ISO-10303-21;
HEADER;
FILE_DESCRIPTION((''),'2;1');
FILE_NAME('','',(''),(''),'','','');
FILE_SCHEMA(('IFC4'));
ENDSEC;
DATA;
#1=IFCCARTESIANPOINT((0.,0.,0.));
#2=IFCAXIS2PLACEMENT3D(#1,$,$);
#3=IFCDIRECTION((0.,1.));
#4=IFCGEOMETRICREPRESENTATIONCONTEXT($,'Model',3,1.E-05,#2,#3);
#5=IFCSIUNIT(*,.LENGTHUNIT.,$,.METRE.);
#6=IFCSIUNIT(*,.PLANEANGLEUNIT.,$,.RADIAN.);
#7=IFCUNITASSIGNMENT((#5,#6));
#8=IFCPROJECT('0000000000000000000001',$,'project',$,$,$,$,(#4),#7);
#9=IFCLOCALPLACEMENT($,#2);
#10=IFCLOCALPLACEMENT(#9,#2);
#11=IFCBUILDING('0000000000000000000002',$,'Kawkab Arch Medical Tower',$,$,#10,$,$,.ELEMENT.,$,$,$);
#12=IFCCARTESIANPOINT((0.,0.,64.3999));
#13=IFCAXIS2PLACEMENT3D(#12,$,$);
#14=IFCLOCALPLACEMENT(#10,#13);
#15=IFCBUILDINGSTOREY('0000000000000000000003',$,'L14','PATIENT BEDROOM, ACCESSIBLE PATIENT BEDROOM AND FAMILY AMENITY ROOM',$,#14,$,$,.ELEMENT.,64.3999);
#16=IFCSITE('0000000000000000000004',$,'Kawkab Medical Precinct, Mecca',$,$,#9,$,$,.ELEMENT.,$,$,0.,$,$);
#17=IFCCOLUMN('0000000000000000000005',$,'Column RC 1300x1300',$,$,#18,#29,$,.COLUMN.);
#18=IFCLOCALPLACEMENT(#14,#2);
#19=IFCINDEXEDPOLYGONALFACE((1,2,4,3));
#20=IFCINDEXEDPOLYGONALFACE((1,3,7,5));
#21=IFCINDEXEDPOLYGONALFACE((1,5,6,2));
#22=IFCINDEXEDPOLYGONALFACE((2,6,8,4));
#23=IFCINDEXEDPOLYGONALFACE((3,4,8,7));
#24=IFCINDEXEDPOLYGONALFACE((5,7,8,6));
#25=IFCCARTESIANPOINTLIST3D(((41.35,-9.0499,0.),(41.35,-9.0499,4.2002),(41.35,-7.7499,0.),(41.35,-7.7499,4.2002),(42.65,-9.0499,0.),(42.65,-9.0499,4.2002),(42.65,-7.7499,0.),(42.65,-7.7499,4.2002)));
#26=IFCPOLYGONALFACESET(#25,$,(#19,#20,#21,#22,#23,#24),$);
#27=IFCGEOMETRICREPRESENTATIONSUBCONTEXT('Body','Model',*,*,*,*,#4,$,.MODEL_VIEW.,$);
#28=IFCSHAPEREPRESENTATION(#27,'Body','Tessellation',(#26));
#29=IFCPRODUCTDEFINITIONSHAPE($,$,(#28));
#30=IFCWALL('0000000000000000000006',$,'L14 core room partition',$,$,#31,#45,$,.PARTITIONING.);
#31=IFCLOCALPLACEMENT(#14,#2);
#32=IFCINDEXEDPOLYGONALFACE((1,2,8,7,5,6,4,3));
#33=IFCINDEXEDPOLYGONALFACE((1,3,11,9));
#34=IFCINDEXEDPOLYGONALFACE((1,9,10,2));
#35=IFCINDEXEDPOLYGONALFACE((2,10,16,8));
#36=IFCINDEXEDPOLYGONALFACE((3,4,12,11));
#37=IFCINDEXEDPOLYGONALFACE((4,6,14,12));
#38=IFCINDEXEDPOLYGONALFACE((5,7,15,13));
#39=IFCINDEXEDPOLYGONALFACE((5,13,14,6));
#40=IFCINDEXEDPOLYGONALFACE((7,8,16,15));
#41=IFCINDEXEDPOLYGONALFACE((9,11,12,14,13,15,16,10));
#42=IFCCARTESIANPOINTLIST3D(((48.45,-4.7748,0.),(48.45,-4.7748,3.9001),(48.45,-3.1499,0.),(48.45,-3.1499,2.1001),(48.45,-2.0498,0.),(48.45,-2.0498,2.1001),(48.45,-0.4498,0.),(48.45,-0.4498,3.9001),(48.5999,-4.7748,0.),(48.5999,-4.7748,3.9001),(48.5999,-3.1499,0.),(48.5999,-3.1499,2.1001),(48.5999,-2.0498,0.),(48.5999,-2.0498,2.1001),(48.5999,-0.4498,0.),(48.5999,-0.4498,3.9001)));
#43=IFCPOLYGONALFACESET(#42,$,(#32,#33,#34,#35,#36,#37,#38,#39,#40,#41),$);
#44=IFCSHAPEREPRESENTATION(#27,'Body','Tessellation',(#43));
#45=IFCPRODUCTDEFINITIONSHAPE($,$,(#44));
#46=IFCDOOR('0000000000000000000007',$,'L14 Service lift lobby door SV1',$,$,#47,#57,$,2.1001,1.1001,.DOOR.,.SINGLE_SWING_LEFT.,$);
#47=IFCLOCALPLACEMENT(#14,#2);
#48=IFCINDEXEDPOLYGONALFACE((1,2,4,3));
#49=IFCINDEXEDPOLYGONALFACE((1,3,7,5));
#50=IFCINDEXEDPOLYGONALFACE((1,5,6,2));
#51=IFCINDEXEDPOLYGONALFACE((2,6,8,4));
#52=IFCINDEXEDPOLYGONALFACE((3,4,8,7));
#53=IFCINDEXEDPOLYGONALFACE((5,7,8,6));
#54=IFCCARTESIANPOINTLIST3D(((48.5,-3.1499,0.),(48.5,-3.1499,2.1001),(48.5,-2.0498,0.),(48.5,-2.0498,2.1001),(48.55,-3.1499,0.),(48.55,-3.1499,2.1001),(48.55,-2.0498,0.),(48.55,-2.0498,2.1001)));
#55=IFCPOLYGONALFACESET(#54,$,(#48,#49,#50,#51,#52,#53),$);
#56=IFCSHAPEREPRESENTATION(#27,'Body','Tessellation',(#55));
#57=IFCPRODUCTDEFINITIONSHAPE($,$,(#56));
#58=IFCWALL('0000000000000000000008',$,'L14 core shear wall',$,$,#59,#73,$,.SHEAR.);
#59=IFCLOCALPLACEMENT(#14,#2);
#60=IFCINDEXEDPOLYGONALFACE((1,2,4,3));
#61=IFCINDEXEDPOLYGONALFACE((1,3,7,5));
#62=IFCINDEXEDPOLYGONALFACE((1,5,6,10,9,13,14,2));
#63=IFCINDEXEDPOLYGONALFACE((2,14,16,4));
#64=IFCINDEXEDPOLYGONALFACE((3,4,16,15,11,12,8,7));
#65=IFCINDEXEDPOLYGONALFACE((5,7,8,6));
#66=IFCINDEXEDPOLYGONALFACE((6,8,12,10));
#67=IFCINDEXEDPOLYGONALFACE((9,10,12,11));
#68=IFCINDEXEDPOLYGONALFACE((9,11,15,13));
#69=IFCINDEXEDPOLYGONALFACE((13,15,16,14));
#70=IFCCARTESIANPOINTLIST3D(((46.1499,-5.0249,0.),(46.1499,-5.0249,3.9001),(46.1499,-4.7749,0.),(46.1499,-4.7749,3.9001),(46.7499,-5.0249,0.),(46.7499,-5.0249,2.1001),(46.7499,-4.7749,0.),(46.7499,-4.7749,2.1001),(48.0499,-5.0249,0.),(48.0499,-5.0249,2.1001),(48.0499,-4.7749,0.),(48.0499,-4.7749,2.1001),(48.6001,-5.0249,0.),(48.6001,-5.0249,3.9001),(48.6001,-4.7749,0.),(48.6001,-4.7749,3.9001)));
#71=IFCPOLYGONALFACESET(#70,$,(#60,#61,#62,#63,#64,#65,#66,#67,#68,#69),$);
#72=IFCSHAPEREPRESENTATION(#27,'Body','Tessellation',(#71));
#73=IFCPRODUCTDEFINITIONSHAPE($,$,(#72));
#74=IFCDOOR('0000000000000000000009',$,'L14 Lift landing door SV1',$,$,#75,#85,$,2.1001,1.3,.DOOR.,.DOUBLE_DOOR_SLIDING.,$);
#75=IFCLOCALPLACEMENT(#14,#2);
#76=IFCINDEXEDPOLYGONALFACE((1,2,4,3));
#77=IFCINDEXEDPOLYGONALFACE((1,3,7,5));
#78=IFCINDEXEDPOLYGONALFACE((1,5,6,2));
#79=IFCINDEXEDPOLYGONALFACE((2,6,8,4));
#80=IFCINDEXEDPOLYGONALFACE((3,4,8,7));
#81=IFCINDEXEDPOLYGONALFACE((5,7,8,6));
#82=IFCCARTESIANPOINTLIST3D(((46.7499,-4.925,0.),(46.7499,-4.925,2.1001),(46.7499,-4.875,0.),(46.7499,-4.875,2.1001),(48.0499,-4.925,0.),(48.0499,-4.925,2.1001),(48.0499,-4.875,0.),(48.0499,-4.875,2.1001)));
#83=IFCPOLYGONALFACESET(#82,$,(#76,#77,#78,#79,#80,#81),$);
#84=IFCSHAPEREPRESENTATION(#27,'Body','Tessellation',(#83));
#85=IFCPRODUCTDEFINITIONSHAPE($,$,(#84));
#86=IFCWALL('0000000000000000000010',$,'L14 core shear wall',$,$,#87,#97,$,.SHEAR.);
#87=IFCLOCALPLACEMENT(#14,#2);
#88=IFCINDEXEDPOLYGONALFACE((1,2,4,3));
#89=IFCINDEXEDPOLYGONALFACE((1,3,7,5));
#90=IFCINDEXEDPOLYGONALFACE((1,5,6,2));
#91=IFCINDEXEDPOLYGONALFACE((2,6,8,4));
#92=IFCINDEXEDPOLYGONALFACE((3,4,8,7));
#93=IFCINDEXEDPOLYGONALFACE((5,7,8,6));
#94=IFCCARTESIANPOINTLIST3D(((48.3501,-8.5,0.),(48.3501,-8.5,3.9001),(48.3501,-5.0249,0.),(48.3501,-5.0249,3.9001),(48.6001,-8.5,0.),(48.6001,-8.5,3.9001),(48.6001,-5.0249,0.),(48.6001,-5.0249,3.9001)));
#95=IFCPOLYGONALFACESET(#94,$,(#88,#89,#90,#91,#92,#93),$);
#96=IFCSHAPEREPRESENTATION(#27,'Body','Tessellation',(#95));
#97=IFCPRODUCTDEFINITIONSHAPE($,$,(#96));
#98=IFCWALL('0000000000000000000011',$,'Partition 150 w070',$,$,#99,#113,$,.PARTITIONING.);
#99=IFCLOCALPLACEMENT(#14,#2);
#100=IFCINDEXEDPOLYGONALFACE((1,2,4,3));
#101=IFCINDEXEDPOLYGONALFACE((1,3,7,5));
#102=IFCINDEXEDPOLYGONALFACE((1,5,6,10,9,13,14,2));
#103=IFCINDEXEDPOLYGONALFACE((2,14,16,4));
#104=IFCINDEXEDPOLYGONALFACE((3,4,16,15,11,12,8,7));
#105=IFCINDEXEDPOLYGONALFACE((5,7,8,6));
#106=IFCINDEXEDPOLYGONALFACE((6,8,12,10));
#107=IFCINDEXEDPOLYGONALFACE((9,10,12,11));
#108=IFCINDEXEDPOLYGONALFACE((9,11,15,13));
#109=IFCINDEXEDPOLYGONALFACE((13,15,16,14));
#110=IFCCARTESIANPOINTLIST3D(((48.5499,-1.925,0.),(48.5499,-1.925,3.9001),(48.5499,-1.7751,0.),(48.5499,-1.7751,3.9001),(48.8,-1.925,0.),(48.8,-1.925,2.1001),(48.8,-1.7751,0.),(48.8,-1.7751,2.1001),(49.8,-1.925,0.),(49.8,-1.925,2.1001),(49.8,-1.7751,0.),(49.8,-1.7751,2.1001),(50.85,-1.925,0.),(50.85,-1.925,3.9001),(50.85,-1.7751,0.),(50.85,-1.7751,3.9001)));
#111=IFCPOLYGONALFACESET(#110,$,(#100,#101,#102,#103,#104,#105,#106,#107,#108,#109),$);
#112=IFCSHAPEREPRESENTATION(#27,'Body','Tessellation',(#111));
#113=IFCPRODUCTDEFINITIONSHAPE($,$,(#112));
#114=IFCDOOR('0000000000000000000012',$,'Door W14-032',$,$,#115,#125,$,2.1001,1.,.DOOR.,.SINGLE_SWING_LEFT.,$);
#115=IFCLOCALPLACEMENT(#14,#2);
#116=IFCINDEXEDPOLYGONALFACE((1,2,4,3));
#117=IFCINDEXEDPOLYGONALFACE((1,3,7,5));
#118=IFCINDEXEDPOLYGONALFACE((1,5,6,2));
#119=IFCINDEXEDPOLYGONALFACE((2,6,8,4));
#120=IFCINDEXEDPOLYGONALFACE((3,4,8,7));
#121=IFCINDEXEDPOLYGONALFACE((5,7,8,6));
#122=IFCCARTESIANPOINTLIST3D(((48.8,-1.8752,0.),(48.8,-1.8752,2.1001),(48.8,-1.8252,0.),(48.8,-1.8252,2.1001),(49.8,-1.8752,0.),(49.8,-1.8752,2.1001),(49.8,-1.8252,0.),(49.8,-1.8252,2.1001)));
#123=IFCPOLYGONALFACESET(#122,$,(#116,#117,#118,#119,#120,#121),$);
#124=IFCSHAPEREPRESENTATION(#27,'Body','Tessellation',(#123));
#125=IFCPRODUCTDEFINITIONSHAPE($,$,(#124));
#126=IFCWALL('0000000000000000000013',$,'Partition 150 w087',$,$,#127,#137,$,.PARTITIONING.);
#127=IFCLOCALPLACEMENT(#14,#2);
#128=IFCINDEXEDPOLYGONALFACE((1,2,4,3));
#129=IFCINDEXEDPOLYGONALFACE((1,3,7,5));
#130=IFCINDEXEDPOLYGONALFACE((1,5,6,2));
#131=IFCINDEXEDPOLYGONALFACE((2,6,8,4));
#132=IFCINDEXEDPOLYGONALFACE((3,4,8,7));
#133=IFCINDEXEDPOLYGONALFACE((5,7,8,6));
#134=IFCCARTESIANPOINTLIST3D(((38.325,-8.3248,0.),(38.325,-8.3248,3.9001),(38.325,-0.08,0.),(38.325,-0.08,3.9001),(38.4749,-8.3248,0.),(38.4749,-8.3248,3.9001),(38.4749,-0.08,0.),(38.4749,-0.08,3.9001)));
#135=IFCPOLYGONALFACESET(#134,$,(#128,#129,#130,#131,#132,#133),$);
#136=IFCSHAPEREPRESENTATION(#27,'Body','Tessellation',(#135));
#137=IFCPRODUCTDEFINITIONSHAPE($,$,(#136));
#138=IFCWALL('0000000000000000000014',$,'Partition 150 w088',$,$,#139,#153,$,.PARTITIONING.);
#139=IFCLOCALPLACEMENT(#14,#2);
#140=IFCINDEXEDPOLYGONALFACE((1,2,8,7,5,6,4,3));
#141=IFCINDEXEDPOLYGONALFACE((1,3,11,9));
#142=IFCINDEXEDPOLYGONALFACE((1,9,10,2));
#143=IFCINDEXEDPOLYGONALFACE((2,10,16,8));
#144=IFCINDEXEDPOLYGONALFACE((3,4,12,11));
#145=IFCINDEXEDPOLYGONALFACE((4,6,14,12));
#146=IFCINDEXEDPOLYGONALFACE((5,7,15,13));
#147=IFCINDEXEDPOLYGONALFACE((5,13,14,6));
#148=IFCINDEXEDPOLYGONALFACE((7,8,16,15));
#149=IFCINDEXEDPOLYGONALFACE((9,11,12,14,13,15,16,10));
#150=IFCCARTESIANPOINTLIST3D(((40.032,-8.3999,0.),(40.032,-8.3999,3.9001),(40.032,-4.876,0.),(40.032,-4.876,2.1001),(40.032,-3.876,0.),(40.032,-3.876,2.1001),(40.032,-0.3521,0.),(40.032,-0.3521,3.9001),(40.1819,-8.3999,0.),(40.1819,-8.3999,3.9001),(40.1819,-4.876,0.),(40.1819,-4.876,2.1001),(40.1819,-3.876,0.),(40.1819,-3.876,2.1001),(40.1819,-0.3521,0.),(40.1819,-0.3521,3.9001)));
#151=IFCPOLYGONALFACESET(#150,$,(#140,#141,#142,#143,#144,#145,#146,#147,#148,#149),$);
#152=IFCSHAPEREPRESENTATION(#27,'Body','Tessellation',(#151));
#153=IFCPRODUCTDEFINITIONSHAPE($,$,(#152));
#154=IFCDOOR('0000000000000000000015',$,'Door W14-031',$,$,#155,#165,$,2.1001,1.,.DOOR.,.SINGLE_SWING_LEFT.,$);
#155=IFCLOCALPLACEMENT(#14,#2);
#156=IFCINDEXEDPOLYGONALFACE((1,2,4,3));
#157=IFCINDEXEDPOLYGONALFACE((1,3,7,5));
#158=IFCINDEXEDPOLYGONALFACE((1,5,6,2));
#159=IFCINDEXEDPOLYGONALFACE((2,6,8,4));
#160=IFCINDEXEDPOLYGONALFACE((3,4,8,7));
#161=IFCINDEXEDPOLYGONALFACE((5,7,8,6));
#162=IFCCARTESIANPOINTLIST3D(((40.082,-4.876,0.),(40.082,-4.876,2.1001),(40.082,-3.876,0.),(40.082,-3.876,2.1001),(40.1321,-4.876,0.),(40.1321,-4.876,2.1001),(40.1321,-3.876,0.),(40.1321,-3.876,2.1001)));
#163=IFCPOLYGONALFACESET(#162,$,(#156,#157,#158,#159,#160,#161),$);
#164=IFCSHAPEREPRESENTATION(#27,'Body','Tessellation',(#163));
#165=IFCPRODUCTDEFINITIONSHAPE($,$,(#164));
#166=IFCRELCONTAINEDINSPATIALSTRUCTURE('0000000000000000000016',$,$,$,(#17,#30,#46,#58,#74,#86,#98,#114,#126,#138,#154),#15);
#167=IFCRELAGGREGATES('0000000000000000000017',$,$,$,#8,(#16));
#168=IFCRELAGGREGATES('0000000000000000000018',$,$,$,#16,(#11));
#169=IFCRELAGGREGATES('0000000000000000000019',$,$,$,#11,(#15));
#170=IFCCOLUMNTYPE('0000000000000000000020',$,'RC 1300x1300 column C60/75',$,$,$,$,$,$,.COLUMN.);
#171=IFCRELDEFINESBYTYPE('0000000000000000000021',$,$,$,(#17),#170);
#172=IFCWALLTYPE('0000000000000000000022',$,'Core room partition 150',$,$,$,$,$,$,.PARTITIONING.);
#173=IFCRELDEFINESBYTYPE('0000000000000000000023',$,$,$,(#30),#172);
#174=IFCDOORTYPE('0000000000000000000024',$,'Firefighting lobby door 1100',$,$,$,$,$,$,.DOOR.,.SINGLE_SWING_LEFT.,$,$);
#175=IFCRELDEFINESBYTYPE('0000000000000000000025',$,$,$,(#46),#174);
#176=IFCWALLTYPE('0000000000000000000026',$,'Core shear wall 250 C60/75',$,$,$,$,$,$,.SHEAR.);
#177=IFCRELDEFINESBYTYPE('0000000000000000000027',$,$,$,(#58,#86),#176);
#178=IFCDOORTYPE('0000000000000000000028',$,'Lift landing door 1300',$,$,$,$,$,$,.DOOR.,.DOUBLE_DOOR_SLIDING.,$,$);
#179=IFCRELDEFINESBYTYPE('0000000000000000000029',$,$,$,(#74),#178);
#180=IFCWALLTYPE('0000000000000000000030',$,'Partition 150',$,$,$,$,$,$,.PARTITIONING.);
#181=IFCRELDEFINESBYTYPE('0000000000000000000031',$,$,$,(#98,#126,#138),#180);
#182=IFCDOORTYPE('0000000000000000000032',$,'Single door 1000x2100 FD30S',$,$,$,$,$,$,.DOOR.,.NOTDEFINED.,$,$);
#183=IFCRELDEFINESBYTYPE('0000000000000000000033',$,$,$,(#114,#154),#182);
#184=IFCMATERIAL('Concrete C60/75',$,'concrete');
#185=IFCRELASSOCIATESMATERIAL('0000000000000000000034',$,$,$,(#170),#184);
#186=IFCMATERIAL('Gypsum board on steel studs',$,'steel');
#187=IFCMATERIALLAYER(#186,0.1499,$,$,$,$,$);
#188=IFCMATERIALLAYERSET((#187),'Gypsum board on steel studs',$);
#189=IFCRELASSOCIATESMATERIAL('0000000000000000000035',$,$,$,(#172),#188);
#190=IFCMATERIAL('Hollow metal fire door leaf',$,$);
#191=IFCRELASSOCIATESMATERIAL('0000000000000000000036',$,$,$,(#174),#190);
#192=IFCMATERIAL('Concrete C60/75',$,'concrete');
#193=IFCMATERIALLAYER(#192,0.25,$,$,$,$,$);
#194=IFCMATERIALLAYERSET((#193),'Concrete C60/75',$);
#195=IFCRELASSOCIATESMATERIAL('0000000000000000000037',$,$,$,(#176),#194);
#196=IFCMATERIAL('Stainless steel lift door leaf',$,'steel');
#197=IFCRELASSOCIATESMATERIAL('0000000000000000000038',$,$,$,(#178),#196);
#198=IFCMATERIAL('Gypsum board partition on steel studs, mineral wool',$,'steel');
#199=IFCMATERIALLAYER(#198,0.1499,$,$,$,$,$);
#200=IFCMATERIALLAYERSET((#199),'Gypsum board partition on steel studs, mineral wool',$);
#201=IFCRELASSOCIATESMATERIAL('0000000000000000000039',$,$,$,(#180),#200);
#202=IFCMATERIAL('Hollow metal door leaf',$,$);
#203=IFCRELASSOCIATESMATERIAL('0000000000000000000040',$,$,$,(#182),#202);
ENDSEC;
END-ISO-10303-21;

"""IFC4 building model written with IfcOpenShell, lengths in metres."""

from ifc_helpers import new_model, si_unit, direction, frame, frame_2d, origin, origin_2d, place, context, subcontext, project, spatial, rectangle, extrude, material, layer, layer_set, material_profile, profile_set, type_object, element, fill, save


model = new_model("IFC4")

# Units and contexts
model_context = context("Model", 3, precision=1e-05, world=origin(), true_north=direction((0.0, 1.0)))
body_context = subcontext(model_context, "Body", "Model", "MODEL_VIEW")
ifc_project = project(units=[si_unit("LENGTHUNIT", "METRE"), si_unit("PLANEANGLEUNIT", "RADIAN")], contexts=[model_context])

# Site, building, storey
site_placement = place(None, origin())
site = spatial("IfcSite", under=ifc_project, at=site_placement, Name="Kawkab Medical Precinct, Mecca", CompositionType="ELEMENT", RefElevation=0.0)
building_placement = place(site_placement, origin())
building = spatial("IfcBuilding", under=site, at=building_placement, Name="Kawkab Arch Medical Tower", CompositionType="ELEMENT")
storey_placement = place(building_placement, frame((0.0, 0.0, 64.3999)))
storey = spatial("IfcBuildingStorey", under=building, at=storey_placement, Name="L14", Description="PATIENT BEDROOM, ACCESSIBLE PATIENT BEDROOM AND FAMILY AMENITY ROOM", CompositionType="ELEMENT", Elevation=64.3999)

# Column
ifc_material_1 = material(Name="Concrete C60/75", Category="concrete")
ifc_material_profile = material_profile(ifc_material_1, rectangle(XDim=1.3, YDim=1.3, at=origin_2d()), Name="RC 1300x1300")
ifc_profile_set = profile_set([ifc_material_profile], Name="Concrete C60/75")
column_type = type_object("IfcColumnType", Name="RC 1300x1300 column C60/75", PredefinedType="COLUMN", material=ifc_profile_set)
column_placement = place(storey_placement, frame((42.0, -8.3999, 0.0), z_axis=(0.0, 0.0, 1.0), x_axis=(1.0, 0.0, 0.0)))
element("IfcColumn", 1, at=column_placement, inside=storey, type_object=column_type, Name="Column RC 1300x1300", PredefinedType="COLUMN", context=body_context, shape_type="SweptSolid", body=[
    extrude(rectangle(XDim=1.3, YDim=1.3, at=origin_2d()), origin(), (0.0, 0.0, 1.0), 4.2002),
])

# Walls, openings, doors
ifc_material_2 = material(Name="Gypsum board on steel studs", Category="steel")
ifc_layer_1 = layer(ifc_material_2, 0.1499)
ifc_layer_set_1 = layer_set([ifc_layer_1], Name="Gypsum board on steel studs")
wall_type_1 = type_object("IfcWallType", Name="Core room partition 150", PredefinedType="PARTITIONING", material=ifc_layer_set_1)
wall_1_placement = place(storey_placement, frame((48.5249, -4.7749, 0.0), z_axis=(0.0, 0.0, 1.0), x_axis=(0.0, 1.0, 0.0)))
wall_1 = element("IfcWall", 2, at=wall_1_placement, inside=storey, type_object=wall_type_1, Name="L14 core room partition", PredefinedType="PARTITIONING", context=body_context, shape_type="SweptSolid", body=[
    extrude(rectangle(XDim=4.325, YDim=0.1499, at=frame_2d((2.1626, 0.0))), origin(), (0.0, 0.0, 1.0), 3.9001),
])
opening_1_placement = place(wall_1_placement, frame((1.625, 0.0, 0.0)))
opening_1 = element("IfcOpeningElement", 3, at=opening_1_placement, cuts=wall_1, PredefinedType="OPENING", context=body_context, shape_type="SweptSolid", body=[
    extrude(rectangle(XDim=1.1001, YDim=2.1001, at=frame_2d((0.55, 1.05))), frame((0.0, 0.085, 0.0), z_axis=(0.0, -1.0, 0.0), x_axis=(1.0, 0.0, 0.0)), (0.0, 0.0, 1.0), 0.1699),
])
ifc_material_3 = material(Name="Hollow metal fire door leaf")
door_type_1 = type_object("IfcDoorType", Name="Firefighting lobby door 1100", OperationType="SINGLE_SWING_LEFT", PredefinedType="DOOR", material=ifc_material_3)
door_1_placement = place(opening_1_placement, origin())
door_1 = element("IfcDoor", 4, at=door_1_placement, inside=storey, type_object=door_type_1, Name="L14 Service lift lobby door SV1", OperationType="SINGLE_SWING_LEFT", OverallHeight=2.1001, OverallWidth=1.1001, PredefinedType="DOOR", context=body_context, shape_type="SweptSolid", body=[
    extrude(rectangle(XDim=1.1001, YDim=2.1001, at=frame_2d((0.55, 1.05))), frame((0.0, 0.0249, 0.0), z_axis=(0.0, -1.0, 0.0), x_axis=(1.0, 0.0, 0.0)), (0.0, 0.0, 1.0), 0.05),
])
fill(opening_1, door_1)
ifc_material_4 = material(Name="Concrete C60/75", Category="concrete")
ifc_layer_2 = layer(ifc_material_4, 0.25)
ifc_layer_set_2 = layer_set([ifc_layer_2], Name="Concrete C60/75")
wall_type_2 = type_object("IfcWallType", Name="Core shear wall 250 C60/75", PredefinedType="SHEAR", material=ifc_layer_set_2)
wall_2_placement = place(storey_placement, frame((46.1499, -4.8999, 0.0), z_axis=(0.0, 0.0, 1.0), x_axis=(1.0, 0.0, 0.0)))
wall_2 = element("IfcWall", 5, at=wall_2_placement, inside=storey, type_object=wall_type_2, Name="L14 core shear wall", PredefinedType="SHEAR", context=body_context, shape_type="SweptSolid", body=[
    extrude(rectangle(XDim=2.4502, YDim=0.25, at=frame_2d((1.2251, 0.0))), origin(), (0.0, 0.0, 1.0), 3.9001),
])
opening_2_placement = place(wall_2_placement, frame((0.6001, 0.0, 0.0)))
opening_2 = element("IfcOpeningElement", 6, at=opening_2_placement, cuts=wall_2, PredefinedType="OPENING", context=body_context, shape_type="SweptSolid", body=[
    extrude(rectangle(XDim=1.3, YDim=2.1001, at=frame_2d((0.6499, 1.05))), frame((0.0, 0.135, 0.0), z_axis=(0.0, -1.0, 0.0), x_axis=(1.0, 0.0, 0.0)), (0.0, 0.0, 1.0), 0.27),
])
ifc_material_5 = material(Name="Stainless steel lift door leaf", Category="steel")
door_type_2 = type_object("IfcDoorType", Name="Lift landing door 1300", OperationType="DOUBLE_DOOR_SLIDING", PredefinedType="DOOR", material=ifc_material_5)
door_2_placement = place(opening_2_placement, origin())
door_2 = element("IfcDoor", 7, at=door_2_placement, inside=storey, type_object=door_type_2, Name="L14 Lift landing door SV1", OperationType="DOUBLE_DOOR_SLIDING", OverallHeight=2.1001, OverallWidth=1.3, PredefinedType="DOOR", context=body_context, shape_type="SweptSolid", body=[
    extrude(rectangle(XDim=1.3, YDim=2.1001, at=frame_2d((0.6499, 1.05))), frame((0.0, 0.0249, 0.0), z_axis=(0.0, -1.0, 0.0), x_axis=(1.0, 0.0, 0.0)), (0.0, 0.0, 1.0), 0.05),
])
fill(opening_2, door_2)

# Wall
wall_3_placement = place(storey_placement, frame((48.4751, -8.5, 0.0), z_axis=(0.0, 0.0, 1.0), x_axis=(0.0, 1.0, 0.0)))
element("IfcWall", 8, at=wall_3_placement, inside=storey, type_object=wall_type_2, Name="L14 core shear wall", PredefinedType="SHEAR", context=body_context, shape_type="SweptSolid", body=[
    extrude(rectangle(XDim=3.4751, YDim=0.25, at=frame_2d((1.7375, 0.0))), origin(), (0.0, 0.0, 1.0), 3.9001),
])

# Wall, opening, door
ifc_material_6 = material(Name="Gypsum board partition on steel studs, mineral wool", Category="steel")
ifc_layer_3 = layer(ifc_material_6, 0.1499)
ifc_layer_set_3 = layer_set([ifc_layer_3], Name="Gypsum board partition on steel studs, mineral wool")
wall_type_3 = type_object("IfcWallType", Name="Partition 150", PredefinedType="PARTITIONING", material=ifc_layer_set_3)
wall_4_placement = place(storey_placement, frame((48.55, -1.8501, 0.0), z_axis=(0.0, 0.0, 1.0), x_axis=(1.0, 0.0, 0.0)))
wall_4 = element("IfcWall", 9, at=wall_4_placement, inside=storey, type_object=wall_type_3, Name="Partition 150 w070", PredefinedType="PARTITIONING", context=body_context, shape_type="SweptSolid", body=[
    extrude(rectangle(XDim=2.3, YDim=0.1499, at=frame_2d((1.1499, 0.0))), origin(), (0.0, 0.0, 1.0), 3.9001),
])
opening_3_placement = place(wall_4_placement, frame((0.25, 0.0, 0.0)))
opening_3 = element("IfcOpeningElement", 10, at=opening_3_placement, cuts=wall_4, PredefinedType="OPENING", context=body_context, shape_type="SweptSolid", body=[
    extrude(rectangle(XDim=1.0, YDim=2.1001, at=frame_2d((0.5, 1.05))), frame((0.0, 0.085, 0.0), z_axis=(0.0, -1.0, 0.0), x_axis=(1.0, 0.0, 0.0)), (0.0, 0.0, 1.0), 0.1699),
])
ifc_material_7 = material(Name="Hollow metal door leaf")
door_type_3 = type_object("IfcDoorType", Name="Single door 1000x2100 FD30S", OperationType="NOTDEFINED", PredefinedType="DOOR", material=ifc_material_7)
door_3_placement = place(opening_3_placement, origin())
door_3 = element("IfcDoor", 11, at=door_3_placement, inside=storey, type_object=door_type_3, Name="Door W14-032", OperationType="SINGLE_SWING_LEFT", OverallHeight=2.1001, OverallWidth=1.0, PredefinedType="DOOR", context=body_context, shape_type="SweptSolid", body=[
    extrude(rectangle(XDim=1.0, YDim=2.1001, at=frame_2d((0.5, 1.05))), frame((0.0, 0.0249, 0.0), z_axis=(0.0, -1.0, 0.0), x_axis=(1.0, 0.0, 0.0)), (0.0, 0.0, 1.0), 0.05),
])
fill(opening_3, door_3)

# Wall
wall_5_placement = place(storey_placement, frame((38.3999, -8.325, 0.0), z_axis=(0.0, 0.0, 1.0), x_axis=(0.0, 1.0, 0.0)))
element("IfcWall", 12, at=wall_5_placement, inside=storey, type_object=wall_type_3, Name="Partition 150 w087", PredefinedType="PARTITIONING", context=body_context, shape_type="SweptSolid", body=[
    extrude(rectangle(XDim=8.2449, YDim=0.1499, at=frame_2d((4.1226, 0.0))), origin(), (0.0, 0.0, 1.0), 3.9001),
])

# Wall, opening, door
wall_6_placement = place(storey_placement, frame((40.1069, -8.3999, 0.0), z_axis=(0.0, 0.0, 1.0), x_axis=(0.0, 1.0, 0.0)))
wall_6 = element("IfcWall", 13, at=wall_6_placement, inside=storey, type_object=wall_type_3, Name="Partition 150 w088", PredefinedType="PARTITIONING", context=body_context, shape_type="SweptSolid", body=[
    extrude(rectangle(XDim=8.0479, YDim=0.1499, at=frame_2d((4.0239, 0.0))), origin(), (0.0, 0.0, 1.0), 3.9001),
])
opening_4_placement = place(wall_6_placement, frame((3.5239, 0.0, 0.0)))
opening_4 = element("IfcOpeningElement", 14, at=opening_4_placement, cuts=wall_6, PredefinedType="OPENING", context=body_context, shape_type="SweptSolid", body=[
    extrude(rectangle(XDim=1.0, YDim=2.1001, at=frame_2d((0.5, 1.05))), frame((0.0, 0.085, 0.0), z_axis=(0.0, -1.0, 0.0), x_axis=(1.0, 0.0, 0.0)), (0.0, 0.0, 1.0), 0.1699),
])
door_4_placement = place(opening_4_placement, origin())
door_4 = element("IfcDoor", 15, at=door_4_placement, inside=storey, type_object=door_type_3, Name="Door W14-031", OperationType="SINGLE_SWING_LEFT", OverallHeight=2.1001, OverallWidth=1.0, PredefinedType="DOOR", context=body_context, shape_type="SweptSolid", body=[
    extrude(rectangle(XDim=1.0, YDim=2.1001, at=frame_2d((0.5, 1.05))), frame((0.0, 0.0249, 0.0), z_axis=(0.0, -1.0, 0.0), x_axis=(1.0, 0.0, 0.0)), (0.0, 0.0, 1.0), 0.05),
])
fill(opening_4, door_4)

save(model, "model.ifc")
